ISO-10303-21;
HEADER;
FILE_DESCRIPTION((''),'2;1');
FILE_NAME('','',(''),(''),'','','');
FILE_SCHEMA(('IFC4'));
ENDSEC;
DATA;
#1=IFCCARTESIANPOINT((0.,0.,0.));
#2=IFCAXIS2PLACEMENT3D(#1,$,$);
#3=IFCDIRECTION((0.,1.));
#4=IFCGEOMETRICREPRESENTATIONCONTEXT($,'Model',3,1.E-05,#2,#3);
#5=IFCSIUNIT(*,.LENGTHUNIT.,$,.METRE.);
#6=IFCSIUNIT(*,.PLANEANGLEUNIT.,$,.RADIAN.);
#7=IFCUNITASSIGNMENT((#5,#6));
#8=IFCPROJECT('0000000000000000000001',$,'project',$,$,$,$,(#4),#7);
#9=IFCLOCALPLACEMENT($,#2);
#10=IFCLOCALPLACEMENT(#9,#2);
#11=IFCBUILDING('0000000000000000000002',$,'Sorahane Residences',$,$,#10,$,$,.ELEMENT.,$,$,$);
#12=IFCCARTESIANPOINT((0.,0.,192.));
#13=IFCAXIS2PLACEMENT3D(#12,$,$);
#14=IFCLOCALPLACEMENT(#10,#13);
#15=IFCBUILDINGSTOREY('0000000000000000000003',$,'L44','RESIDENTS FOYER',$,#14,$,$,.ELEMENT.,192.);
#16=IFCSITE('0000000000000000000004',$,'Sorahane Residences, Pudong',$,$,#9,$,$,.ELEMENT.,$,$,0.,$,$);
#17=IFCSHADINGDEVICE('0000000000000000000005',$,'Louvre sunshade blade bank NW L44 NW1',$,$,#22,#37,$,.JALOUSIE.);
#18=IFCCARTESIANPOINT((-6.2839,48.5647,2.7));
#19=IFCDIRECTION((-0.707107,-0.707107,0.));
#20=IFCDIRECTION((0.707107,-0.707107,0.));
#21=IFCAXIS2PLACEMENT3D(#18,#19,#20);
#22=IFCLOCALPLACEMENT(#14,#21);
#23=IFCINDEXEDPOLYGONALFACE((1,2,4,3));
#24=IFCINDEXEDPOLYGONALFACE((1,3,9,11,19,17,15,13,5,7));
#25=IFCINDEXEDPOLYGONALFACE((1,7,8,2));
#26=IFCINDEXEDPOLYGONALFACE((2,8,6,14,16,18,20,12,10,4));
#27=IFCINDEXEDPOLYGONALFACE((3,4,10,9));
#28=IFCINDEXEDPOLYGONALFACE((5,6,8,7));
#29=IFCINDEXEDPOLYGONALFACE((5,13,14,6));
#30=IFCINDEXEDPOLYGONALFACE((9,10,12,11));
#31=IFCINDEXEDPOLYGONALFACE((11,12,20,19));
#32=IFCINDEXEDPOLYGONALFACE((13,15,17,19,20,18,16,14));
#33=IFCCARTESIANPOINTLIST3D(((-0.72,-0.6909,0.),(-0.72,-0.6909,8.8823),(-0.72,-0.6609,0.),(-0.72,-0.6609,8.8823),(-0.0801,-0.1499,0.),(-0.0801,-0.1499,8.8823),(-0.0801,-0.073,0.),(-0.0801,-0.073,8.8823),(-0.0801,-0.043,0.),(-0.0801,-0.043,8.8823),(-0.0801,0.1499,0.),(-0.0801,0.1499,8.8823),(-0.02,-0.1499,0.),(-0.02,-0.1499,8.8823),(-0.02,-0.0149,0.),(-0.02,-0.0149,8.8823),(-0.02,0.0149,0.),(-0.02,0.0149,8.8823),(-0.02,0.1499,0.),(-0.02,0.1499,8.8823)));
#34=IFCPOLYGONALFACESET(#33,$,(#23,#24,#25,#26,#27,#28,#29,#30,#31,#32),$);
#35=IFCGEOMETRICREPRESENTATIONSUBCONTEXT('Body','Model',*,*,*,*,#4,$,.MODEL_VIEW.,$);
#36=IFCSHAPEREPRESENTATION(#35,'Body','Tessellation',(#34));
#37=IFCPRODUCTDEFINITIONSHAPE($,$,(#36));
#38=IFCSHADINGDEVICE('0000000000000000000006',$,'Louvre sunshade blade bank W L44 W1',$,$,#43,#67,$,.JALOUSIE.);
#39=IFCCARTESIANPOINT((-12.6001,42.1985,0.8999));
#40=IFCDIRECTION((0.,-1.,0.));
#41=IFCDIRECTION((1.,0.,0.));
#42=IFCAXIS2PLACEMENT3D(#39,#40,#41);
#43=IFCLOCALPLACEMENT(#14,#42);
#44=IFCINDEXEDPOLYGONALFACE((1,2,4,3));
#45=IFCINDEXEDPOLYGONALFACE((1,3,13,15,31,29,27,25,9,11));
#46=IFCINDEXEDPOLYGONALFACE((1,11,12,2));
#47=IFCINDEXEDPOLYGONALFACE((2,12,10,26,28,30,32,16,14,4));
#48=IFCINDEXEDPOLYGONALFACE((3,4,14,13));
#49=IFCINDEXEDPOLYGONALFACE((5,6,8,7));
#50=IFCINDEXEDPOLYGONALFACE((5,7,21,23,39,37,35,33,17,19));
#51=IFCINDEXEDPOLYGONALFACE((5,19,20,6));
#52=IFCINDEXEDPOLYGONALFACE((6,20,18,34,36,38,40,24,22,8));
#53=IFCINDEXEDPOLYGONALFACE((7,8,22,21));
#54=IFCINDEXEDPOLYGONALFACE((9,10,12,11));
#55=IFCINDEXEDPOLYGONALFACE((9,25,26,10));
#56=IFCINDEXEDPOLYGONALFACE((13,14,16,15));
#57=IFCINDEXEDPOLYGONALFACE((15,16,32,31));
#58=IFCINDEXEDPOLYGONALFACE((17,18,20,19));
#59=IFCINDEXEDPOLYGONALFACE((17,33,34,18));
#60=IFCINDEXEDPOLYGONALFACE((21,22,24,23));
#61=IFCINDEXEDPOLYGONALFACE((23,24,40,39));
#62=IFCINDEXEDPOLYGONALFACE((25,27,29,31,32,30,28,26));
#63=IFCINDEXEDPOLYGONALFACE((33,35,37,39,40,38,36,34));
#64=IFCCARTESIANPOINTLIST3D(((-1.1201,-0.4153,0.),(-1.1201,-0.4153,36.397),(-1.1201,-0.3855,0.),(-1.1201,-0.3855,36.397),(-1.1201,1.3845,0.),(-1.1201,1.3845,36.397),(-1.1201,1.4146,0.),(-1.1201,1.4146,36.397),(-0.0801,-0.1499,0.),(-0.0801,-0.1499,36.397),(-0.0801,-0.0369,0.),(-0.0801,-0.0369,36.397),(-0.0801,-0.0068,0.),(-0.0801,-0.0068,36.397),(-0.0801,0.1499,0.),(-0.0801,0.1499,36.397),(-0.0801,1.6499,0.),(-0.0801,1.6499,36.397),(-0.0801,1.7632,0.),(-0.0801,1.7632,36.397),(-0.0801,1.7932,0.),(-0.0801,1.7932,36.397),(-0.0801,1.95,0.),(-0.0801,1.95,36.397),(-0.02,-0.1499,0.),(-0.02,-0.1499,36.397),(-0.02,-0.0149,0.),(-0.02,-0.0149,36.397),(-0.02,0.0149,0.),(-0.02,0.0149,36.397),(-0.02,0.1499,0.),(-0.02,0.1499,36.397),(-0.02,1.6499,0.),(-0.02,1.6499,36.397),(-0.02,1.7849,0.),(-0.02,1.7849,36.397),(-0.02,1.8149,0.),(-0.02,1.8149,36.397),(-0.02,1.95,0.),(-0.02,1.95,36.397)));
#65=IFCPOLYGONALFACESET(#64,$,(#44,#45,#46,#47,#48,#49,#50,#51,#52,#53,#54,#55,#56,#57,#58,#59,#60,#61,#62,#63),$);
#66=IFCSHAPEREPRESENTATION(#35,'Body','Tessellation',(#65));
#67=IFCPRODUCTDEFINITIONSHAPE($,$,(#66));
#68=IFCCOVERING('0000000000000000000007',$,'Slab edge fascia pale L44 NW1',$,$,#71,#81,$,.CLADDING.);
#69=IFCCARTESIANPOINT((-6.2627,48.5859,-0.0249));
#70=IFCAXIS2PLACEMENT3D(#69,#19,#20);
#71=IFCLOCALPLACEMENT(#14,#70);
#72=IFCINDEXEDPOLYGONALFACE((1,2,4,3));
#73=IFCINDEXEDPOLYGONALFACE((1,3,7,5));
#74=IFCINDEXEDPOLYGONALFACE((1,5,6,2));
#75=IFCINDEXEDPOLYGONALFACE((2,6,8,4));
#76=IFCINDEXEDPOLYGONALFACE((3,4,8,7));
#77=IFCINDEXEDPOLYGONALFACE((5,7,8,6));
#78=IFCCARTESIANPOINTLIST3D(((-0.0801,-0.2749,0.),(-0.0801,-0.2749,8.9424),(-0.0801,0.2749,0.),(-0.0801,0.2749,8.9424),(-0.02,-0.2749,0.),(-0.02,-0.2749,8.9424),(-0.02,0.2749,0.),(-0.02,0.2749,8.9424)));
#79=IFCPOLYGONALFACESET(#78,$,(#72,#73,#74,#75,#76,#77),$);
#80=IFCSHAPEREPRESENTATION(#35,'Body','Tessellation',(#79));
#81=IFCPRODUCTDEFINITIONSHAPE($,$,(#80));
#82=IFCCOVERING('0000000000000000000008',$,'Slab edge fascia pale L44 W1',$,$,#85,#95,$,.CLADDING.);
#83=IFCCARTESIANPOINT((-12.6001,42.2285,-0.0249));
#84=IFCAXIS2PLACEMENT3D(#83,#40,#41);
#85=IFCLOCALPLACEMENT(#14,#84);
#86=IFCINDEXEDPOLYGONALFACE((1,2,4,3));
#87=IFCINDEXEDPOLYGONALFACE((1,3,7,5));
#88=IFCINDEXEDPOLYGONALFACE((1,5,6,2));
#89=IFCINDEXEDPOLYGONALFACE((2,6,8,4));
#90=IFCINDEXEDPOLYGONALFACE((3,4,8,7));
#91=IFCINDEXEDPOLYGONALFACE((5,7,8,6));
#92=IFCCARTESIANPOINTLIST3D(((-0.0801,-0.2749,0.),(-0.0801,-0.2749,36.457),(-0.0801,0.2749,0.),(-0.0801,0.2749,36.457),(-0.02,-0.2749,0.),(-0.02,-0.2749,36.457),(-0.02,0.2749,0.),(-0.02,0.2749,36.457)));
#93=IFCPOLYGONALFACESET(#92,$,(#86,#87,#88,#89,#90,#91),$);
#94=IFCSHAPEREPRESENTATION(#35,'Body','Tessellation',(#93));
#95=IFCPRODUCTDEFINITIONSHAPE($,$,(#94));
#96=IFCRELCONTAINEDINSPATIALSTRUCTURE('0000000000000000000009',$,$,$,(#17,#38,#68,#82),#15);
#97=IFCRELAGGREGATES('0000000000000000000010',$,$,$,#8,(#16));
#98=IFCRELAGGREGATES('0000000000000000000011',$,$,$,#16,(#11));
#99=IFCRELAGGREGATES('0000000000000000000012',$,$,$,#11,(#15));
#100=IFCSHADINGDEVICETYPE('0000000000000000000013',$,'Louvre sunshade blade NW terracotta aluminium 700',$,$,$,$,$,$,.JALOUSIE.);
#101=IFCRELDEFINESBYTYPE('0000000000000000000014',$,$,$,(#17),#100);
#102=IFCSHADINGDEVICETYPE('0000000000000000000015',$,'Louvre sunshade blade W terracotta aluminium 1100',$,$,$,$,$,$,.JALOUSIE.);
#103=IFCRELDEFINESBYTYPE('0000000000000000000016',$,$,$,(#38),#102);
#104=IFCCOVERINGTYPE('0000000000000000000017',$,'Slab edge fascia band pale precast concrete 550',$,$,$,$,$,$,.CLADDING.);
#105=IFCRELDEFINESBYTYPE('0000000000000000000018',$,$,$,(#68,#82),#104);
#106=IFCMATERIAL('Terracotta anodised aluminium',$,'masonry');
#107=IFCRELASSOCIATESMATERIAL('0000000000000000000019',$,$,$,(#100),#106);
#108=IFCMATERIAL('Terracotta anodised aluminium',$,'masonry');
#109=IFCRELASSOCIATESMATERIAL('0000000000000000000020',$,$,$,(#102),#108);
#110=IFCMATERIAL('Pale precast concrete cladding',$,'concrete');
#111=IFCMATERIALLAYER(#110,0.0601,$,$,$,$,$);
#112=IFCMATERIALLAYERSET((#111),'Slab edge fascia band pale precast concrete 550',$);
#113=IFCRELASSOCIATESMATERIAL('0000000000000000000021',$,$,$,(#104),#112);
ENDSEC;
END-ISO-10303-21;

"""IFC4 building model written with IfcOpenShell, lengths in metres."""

from ifc_helpers import new_model, si_unit, direction, frame, origin, place, context, subcontext, project, spatial, polyline, outline, composite_profile, extrude, material, layer, layer_set, type_object, element, save


model = new_model("IFC4")

# Units and contexts
model_context = context("Model", 3, precision=1e-05, world=origin(), true_north=direction((0.0, 1.0)))
body_context = subcontext(model_context, "Body", "Model", "MODEL_VIEW")
ifc_project = project(units=[si_unit("LENGTHUNIT", "METRE"), si_unit("PLANEANGLEUNIT", "RADIAN")], contexts=[model_context])

# Site, building, storey
site_placement = place(None, origin())
site = spatial("IfcSite", under=ifc_project, at=site_placement, Name="Sorahane Residences, Pudong", CompositionType="ELEMENT", RefElevation=0.0)
building_placement = place(site_placement, origin())
building = spatial("IfcBuilding", under=site, at=building_placement, Name="Sorahane Residences", CompositionType="ELEMENT")
storey_placement = place(building_placement, frame((0.0, 0.0, 192.0)))
storey = spatial("IfcBuildingStorey", under=building, at=storey_placement, Name="L44", Description="RESIDENTS FOYER", CompositionType="ELEMENT", Elevation=192.0)

# Shading devices
ifc_material_1 = material(Name="Terracotta anodised aluminium", Category="masonry")
shading_device_type_1 = type_object("IfcShadingDeviceType", Name="Louvre sunshade blade NW terracotta aluminium 700", PredefinedType="JALOUSIE", material=ifc_material_1)
shading_device_1_placement = place(storey_placement, frame((-6.2839, 48.5647, 2.7), z_axis=(-0.707107, -0.707107, 0.0), x_axis=(0.707107, -0.707107, 0.0)))
element("IfcShadingDevice", 1, at=shading_device_1_placement, inside=storey, type_object=shading_device_type_1, Name="Louvre sunshade blade bank NW L44 NW1", PredefinedType="JALOUSIE", context=body_context, shape_type="SweptSolid", body=[
    extrude(outline(polyline([(-0.72, -0.6609), (-0.72, -0.6909), (-0.0801, -0.073), (-0.0801, -0.1499), (-0.02, -0.1499), (-0.02, -0.0149), (-0.02, 0.0149), (-0.02, 0.1499), (-0.0801, 0.1499), (-0.0801, -0.043), (-0.72, -0.6609)])), origin(), (0.0, 0.0, 1.0), 8.8823),
])
ifc_material_2 = material(Name="Terracotta anodised aluminium", Category="masonry")
shading_device_type_2 = type_object("IfcShadingDeviceType", Name="Louvre sunshade blade W terracotta aluminium 1100", PredefinedType="JALOUSIE", material=ifc_material_2)
shading_device_2_placement = place(storey_placement, frame((-12.6001, 42.1985, 0.8999), z_axis=(0.0, -1.0, 0.0), x_axis=(1.0, 0.0, 0.0)))
element("IfcShadingDevice", 2, at=shading_device_2_placement, inside=storey, type_object=shading_device_type_2, Name="Louvre sunshade blade bank W L44 W1", PredefinedType="JALOUSIE", context=body_context, shape_type="SweptSolid", body=[
    extrude(composite_profile([outline(polyline([(-1.1201, -0.3855), (-1.1201, -0.4153), (-0.0801, -0.0369), (-0.0801, -0.1499), (-0.02, -0.1499), (-0.02, -0.0149), (-0.02, 0.0149), (-0.02, 0.1499), (-0.0801, 0.1499), (-0.0801, -0.0068), (-1.1201, -0.3855)])), outline(polyline([(-1.1201, 1.4146), (-1.1201, 1.3845), (-0.0801, 1.7632), (-0.0801, 1.6499), (-0.02, 1.6499), (-0.02, 1.7849), (-0.02, 1.8149), (-0.02, 1.95), (-0.0801, 1.95), (-0.0801, 1.7932), (-1.1201, 1.4146)]))]), origin(), (0.0, 0.0, 1.0), 36.397),
])

# Coverings
ifc_material_3 = material(Name="Pale precast concrete cladding", Category="concrete")
ifc_layer_1 = layer(ifc_material_3, 0.0601)
ifc_layer_set_1 = layer_set([ifc_layer_1], Name="Slab edge fascia band pale precast concrete 550")
covering_type = type_object("IfcCoveringType", Name="Slab edge fascia band pale precast concrete 550", PredefinedType="CLADDING", material=ifc_layer_set_1)
covering_1_placement = place(storey_placement, frame((-6.2627, 48.5859, -0.0249), z_axis=(-0.707107, -0.707107, 0.0), x_axis=(0.707107, -0.707107, 0.0)))
element("IfcCovering", 3, at=covering_1_placement, inside=storey, type_object=covering_type, Name="Slab edge fascia pale L44 NW1", PredefinedType="CLADDING", context=body_context, shape_type="SweptSolid", body=[
    extrude(outline(polyline([(-0.02, 0.2749), (-0.0801, 0.2749), (-0.0801, -0.2749), (-0.02, -0.2749), (-0.02, 0.2749)])), origin(), (0.0, 0.0, 1.0), 8.9424),
])
covering_2_placement = place(storey_placement, frame((-12.6001, 42.2285, -0.0249), z_axis=(0.0, -1.0, 0.0), x_axis=(1.0, 0.0, 0.0)))
element("IfcCovering", 4, at=covering_2_placement, inside=storey, type_object=covering_type, Name="Slab edge fascia pale L44 W1", PredefinedType="CLADDING", context=body_context, shape_type="SweptSolid", body=[
    extrude(outline(polyline([(-0.02, 0.2749), (-0.0801, 0.2749), (-0.0801, -0.2749), (-0.02, -0.2749), (-0.02, 0.2749)])), origin(), (0.0, 0.0, 1.0), 36.457),
])

save(model, "model.ifc")
